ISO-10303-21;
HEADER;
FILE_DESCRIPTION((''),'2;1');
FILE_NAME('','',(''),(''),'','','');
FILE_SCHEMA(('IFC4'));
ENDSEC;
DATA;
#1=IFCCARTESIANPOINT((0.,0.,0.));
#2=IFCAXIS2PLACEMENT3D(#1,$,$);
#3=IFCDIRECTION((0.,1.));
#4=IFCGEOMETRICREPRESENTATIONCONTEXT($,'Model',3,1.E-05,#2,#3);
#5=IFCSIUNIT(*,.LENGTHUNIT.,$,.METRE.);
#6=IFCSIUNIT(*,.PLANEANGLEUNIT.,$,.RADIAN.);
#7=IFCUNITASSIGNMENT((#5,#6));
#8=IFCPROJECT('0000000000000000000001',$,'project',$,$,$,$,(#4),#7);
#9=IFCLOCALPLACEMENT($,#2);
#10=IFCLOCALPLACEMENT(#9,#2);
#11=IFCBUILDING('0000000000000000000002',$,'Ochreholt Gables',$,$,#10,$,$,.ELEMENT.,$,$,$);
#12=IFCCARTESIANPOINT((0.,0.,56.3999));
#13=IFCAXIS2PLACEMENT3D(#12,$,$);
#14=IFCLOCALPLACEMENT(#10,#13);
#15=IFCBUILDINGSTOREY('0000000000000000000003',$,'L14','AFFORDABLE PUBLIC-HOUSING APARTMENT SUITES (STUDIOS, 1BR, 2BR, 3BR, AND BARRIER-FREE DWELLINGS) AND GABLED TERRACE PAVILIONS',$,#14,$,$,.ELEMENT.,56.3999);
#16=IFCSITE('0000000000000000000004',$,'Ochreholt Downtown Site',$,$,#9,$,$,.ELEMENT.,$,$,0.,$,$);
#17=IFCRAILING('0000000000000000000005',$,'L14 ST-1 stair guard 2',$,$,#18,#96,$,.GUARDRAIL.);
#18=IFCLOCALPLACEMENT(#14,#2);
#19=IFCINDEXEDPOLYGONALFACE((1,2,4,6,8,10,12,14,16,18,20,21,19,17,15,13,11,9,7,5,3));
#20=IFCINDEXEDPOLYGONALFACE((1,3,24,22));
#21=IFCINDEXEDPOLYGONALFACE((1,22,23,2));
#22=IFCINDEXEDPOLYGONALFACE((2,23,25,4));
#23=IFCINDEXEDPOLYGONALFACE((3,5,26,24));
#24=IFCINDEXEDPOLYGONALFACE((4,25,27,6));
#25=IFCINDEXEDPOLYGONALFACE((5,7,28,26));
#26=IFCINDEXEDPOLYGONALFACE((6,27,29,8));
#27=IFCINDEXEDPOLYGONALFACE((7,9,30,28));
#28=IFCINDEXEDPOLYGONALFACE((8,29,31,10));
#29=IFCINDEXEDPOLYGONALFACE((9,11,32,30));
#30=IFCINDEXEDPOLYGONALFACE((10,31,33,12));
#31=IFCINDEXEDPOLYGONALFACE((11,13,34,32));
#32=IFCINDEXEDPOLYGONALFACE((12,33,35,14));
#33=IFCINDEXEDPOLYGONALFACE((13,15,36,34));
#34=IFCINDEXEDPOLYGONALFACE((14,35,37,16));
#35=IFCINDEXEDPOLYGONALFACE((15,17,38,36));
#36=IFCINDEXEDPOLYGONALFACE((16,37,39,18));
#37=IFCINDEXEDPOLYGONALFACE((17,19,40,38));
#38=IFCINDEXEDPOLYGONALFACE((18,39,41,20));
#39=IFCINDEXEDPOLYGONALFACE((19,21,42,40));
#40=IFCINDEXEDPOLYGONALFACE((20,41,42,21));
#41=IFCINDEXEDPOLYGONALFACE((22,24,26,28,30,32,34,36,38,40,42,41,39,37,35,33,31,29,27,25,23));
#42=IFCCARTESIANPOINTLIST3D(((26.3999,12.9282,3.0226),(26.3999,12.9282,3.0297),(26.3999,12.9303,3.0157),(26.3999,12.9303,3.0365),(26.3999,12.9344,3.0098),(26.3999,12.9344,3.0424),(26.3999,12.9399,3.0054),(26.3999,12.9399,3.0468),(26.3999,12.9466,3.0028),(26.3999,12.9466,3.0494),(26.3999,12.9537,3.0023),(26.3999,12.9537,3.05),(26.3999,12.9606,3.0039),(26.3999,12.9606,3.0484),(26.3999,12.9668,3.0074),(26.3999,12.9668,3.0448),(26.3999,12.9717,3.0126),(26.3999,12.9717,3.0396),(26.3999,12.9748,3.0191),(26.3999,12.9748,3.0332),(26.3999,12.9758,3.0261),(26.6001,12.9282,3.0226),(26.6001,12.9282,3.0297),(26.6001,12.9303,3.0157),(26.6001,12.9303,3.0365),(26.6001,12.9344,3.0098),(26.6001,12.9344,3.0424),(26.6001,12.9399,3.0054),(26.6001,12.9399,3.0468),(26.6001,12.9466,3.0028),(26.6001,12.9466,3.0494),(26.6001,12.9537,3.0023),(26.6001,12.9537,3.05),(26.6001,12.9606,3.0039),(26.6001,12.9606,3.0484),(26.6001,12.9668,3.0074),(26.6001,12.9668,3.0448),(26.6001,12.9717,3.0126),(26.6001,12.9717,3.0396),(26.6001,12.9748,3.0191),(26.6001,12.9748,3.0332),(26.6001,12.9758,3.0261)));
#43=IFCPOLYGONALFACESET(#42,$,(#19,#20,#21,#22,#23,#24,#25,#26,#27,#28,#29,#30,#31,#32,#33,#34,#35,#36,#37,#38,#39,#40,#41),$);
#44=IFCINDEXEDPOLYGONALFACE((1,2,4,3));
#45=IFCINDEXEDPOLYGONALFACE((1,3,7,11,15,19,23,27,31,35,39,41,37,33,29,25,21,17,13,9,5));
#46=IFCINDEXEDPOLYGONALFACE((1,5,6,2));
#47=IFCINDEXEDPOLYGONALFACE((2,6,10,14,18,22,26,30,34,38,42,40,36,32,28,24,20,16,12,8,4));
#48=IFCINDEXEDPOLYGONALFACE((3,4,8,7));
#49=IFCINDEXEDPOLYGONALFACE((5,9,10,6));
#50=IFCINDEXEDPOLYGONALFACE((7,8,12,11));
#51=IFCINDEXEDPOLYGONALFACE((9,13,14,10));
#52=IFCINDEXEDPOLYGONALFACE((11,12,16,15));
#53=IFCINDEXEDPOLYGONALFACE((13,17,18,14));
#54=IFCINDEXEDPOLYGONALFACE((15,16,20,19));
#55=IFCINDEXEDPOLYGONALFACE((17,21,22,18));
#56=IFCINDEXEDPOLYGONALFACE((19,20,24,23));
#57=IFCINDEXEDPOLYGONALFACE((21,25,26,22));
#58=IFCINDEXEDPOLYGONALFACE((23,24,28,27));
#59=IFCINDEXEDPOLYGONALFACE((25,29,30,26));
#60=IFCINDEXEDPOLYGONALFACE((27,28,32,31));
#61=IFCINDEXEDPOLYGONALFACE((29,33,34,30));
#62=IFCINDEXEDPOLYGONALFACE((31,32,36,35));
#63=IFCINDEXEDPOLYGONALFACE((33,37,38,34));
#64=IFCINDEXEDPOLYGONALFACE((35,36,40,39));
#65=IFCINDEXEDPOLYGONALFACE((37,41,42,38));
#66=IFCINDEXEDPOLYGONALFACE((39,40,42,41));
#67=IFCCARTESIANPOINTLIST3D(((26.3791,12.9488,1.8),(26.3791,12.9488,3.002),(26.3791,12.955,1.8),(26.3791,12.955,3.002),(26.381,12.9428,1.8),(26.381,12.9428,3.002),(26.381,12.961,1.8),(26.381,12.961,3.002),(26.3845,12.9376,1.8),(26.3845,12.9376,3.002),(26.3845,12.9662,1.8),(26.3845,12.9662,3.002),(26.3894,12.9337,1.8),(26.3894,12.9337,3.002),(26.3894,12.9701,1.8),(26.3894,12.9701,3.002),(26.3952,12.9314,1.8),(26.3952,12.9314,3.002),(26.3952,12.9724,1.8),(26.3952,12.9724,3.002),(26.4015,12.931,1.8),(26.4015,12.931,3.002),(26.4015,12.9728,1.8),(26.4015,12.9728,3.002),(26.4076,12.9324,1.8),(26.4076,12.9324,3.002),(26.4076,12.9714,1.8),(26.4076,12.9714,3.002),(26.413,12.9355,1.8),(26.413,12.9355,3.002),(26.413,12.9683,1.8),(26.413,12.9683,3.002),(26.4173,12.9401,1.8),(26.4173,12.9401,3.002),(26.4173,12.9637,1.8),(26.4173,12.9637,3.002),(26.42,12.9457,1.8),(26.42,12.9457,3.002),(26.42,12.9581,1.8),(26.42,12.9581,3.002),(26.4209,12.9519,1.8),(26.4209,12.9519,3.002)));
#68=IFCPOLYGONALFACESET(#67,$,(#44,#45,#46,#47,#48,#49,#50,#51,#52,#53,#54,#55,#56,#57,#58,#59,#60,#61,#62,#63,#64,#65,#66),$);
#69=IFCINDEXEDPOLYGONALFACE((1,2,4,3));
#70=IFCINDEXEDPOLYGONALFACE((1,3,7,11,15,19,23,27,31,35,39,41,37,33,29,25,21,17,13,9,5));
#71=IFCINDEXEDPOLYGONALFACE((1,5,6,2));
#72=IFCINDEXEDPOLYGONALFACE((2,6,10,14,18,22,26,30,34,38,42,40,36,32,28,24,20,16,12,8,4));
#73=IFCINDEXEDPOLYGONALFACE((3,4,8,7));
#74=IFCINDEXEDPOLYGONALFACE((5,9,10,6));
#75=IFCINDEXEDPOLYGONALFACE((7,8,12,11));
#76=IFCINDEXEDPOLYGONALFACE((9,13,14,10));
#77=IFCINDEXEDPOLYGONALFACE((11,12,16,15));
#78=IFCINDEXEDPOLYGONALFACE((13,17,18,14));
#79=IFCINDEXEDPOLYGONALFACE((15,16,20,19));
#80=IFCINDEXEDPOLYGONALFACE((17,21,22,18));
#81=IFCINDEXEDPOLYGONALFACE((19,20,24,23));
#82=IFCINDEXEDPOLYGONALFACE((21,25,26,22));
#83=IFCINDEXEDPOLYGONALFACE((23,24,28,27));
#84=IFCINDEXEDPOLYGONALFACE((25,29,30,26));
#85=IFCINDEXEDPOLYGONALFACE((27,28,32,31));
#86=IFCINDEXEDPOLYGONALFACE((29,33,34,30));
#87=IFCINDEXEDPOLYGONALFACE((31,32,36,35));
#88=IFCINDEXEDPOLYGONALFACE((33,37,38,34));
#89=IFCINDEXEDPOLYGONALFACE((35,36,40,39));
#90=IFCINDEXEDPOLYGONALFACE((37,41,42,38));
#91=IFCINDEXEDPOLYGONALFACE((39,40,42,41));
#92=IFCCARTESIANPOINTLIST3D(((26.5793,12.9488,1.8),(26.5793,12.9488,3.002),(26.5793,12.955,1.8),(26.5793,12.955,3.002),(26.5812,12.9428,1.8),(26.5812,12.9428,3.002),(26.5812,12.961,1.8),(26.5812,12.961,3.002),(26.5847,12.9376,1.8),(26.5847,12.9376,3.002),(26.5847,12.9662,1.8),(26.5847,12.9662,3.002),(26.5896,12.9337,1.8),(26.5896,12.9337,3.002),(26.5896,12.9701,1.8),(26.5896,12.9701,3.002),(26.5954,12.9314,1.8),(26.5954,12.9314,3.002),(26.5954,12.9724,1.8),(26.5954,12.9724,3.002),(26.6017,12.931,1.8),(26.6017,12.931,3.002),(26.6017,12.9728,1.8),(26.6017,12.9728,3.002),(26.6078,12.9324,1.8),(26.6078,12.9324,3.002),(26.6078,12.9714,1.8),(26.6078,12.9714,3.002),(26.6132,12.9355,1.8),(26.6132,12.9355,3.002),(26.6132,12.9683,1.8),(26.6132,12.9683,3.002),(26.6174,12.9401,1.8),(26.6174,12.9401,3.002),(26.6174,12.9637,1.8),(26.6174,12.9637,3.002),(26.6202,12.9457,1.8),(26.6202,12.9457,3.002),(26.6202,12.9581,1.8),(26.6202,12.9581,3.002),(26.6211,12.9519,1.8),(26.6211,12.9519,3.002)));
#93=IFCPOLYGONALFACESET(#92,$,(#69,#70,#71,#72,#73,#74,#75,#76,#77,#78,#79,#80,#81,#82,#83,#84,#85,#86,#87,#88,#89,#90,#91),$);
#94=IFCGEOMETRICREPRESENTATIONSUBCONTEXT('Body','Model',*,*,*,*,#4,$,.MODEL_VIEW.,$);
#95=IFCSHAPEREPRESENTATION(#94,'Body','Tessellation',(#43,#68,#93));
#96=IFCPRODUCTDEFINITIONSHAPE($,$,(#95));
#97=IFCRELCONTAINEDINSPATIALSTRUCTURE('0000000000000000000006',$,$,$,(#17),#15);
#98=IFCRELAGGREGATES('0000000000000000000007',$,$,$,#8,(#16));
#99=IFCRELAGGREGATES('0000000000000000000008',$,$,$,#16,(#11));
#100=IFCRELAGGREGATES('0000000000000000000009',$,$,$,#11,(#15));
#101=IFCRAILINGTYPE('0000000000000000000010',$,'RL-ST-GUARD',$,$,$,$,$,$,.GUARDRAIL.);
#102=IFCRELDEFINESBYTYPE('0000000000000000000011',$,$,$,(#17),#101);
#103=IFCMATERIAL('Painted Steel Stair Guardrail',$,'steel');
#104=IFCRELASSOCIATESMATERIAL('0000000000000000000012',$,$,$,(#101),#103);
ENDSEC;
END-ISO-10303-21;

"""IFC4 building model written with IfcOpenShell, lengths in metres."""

from ifc_helpers import new_model, si_unit, direction, frame, origin, origin_2d, place, context, subcontext, project, spatial, circle, extrude, material, type_object, element, save


model = new_model("IFC4")

# Units and contexts
model_context = context("Model", 3, precision=1e-05, world=origin(), true_north=direction((0.0, 1.0)))
body_context = subcontext(model_context, "Body", "Model", "MODEL_VIEW")
ifc_project = project(units=[si_unit("LENGTHUNIT", "METRE"), si_unit("PLANEANGLEUNIT", "RADIAN")], contexts=[model_context])

# Site, building, storey
site_placement = place(None, origin())
site = spatial("IfcSite", under=ifc_project, at=site_placement, Name="Ochreholt Downtown Site", CompositionType="ELEMENT", RefElevation=0.0)
building_placement = place(site_placement, origin())
building = spatial("IfcBuilding", under=site, at=building_placement, Name="Ochreholt Gables", CompositionType="ELEMENT")
storey_placement = place(building_placement, frame((0.0, 0.0, 56.3999)))
storey = spatial("IfcBuildingStorey", under=building, at=storey_placement, Name="L14", Description="AFFORDABLE PUBLIC-HOUSING APARTMENT SUITES (STUDIOS, 1BR, 2BR, 3BR, AND BARRIER-FREE DWELLINGS) AND GABLED TERRACE PAVILIONS", CompositionType="ELEMENT", Elevation=56.3999)

# Railing
ifc_material_1 = material(Name="Painted Steel Stair Guardrail", Category="steel")
railing_type_1 = type_object("IfcRailingType", Name="RL-ST-GUARD", PredefinedType="GUARDRAIL", material=ifc_material_1)
railing_1_placement = place(storey_placement, frame((26.3999, 12.9519, 1.8)))
element("IfcRailing", 1, at=railing_1_placement, inside=storey, type_object=railing_type_1, Name="L14 ST-1 stair guard 2", PredefinedType="GUARDRAIL", context=body_context, shape_type="SweptSolid", body=[
    extrude(circle(Radius=0.0239, at=origin_2d()), frame((0.0, 0.0, 1.2261), z_axis=(1.0, 0.0, 0.0), x_axis=(0.0, 1.0, 0.0)), (0.0, 0.0, 1.0), 0.2002),
    extrude(circle(Radius=0.021, at=origin_2d()), origin(), (0.0, 0.0, 1.0), 1.2019),
    extrude(circle(Radius=0.021, at=origin_2d()), frame((0.2002, 0.0, 0.0)), (0.0, 0.0, 1.0), 1.2019),
])

save(model, "model.ifc")
